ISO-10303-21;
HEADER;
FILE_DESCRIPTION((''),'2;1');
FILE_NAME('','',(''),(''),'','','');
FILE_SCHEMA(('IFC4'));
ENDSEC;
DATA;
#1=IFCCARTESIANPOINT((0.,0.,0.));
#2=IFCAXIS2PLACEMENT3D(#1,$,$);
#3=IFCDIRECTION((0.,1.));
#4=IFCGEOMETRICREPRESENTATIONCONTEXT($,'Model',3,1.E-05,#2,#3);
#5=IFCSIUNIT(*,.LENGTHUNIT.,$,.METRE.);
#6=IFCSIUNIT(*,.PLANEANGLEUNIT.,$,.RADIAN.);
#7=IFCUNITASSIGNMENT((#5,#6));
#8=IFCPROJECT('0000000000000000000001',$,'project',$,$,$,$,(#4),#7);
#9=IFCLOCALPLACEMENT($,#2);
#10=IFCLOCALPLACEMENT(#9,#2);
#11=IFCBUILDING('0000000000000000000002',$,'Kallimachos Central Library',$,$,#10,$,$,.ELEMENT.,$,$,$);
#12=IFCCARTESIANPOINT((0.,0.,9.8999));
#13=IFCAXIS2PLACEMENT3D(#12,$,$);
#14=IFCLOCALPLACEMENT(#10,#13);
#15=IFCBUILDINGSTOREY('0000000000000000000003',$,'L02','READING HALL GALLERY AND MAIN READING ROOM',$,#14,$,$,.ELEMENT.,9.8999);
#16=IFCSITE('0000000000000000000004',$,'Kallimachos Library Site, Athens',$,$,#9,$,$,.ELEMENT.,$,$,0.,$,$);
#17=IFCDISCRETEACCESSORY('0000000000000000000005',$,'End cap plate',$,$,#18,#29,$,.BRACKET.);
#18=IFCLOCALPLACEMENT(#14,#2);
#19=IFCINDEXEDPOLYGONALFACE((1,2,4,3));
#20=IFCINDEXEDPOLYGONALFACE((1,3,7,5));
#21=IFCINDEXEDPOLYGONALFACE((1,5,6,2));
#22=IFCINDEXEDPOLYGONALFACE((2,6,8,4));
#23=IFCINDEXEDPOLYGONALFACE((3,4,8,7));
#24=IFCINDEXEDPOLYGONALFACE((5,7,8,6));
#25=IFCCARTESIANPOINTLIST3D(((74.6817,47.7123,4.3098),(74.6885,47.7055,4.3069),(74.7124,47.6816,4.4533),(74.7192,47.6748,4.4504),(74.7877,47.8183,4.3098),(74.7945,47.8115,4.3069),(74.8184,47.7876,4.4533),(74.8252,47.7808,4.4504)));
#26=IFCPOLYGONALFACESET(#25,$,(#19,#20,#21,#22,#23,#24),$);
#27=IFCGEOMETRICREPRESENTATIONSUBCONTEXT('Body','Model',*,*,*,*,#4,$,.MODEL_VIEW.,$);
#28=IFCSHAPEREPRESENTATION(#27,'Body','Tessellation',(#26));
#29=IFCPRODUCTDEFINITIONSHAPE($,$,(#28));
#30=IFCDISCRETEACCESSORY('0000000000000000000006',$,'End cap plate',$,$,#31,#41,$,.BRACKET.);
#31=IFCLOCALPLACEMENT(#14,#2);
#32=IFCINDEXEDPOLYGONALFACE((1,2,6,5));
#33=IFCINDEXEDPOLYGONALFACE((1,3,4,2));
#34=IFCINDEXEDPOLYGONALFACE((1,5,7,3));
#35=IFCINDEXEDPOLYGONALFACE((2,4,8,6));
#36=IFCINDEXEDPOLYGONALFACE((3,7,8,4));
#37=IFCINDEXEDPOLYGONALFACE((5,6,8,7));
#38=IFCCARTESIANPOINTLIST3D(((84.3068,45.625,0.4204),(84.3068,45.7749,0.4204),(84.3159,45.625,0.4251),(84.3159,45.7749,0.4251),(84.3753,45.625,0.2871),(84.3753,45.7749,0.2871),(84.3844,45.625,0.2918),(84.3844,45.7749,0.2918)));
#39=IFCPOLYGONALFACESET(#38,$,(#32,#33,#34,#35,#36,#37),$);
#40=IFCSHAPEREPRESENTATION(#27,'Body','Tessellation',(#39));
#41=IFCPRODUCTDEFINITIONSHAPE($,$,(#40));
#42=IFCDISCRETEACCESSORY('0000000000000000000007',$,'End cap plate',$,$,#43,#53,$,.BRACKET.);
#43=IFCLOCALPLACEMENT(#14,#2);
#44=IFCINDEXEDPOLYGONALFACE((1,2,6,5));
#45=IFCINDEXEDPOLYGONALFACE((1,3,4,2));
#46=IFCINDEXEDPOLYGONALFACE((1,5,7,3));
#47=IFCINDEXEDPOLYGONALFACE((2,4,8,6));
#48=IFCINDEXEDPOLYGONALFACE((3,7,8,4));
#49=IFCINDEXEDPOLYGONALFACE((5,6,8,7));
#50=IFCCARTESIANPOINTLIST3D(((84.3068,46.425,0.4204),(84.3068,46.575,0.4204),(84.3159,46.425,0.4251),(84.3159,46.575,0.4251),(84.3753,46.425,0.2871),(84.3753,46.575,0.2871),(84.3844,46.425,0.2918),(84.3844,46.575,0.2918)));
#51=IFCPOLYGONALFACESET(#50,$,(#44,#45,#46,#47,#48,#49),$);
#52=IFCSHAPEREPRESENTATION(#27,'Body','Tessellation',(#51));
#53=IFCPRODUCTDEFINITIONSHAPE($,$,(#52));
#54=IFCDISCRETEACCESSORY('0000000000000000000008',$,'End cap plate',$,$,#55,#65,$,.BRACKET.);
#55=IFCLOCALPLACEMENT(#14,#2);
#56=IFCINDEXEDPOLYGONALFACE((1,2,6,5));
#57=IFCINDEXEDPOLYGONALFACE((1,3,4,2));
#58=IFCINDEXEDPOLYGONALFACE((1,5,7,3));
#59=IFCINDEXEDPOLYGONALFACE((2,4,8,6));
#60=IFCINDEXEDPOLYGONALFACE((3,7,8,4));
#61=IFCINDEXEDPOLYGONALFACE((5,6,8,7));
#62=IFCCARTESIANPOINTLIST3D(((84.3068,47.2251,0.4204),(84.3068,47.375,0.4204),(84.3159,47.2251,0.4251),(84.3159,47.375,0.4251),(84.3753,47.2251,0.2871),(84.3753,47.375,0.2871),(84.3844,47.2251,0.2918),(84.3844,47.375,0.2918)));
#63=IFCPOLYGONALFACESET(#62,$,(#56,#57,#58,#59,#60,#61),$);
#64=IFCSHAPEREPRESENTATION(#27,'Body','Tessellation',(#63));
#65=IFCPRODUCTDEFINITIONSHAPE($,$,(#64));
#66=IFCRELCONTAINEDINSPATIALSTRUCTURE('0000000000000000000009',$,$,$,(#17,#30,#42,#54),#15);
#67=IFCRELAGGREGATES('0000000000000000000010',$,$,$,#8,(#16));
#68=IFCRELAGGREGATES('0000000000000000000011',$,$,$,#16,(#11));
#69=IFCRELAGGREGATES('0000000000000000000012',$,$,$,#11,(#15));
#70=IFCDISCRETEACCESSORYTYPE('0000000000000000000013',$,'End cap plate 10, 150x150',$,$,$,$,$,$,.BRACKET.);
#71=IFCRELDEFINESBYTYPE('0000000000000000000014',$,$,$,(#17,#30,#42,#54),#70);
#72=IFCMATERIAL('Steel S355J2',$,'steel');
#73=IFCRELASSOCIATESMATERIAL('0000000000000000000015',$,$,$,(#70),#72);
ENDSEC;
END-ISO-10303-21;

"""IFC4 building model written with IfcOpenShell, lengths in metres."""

from ifc_helpers import new_model, si_unit, direction, frame, origin, origin_2d, place, context, subcontext, project, spatial, rectangle, extrude, material, material_profile, profile_set, type_object, element, save


model = new_model("IFC4")

# Units and contexts
model_context = context("Model", 3, precision=1e-05, world=origin(), true_north=direction((0.0, 1.0)))
body_context = subcontext(model_context, "Body", "Model", "MODEL_VIEW")
ifc_project = project(units=[si_unit("LENGTHUNIT", "METRE"), si_unit("PLANEANGLEUNIT", "RADIAN")], contexts=[model_context])

# Site, building, storey
site_placement = place(None, origin())
site = spatial("IfcSite", under=ifc_project, at=site_placement, Name="Kallimachos Library Site, Athens", CompositionType="ELEMENT", RefElevation=0.0)
building_placement = place(site_placement, origin())
building = spatial("IfcBuilding", under=site, at=building_placement, Name="Kallimachos Central Library", CompositionType="ELEMENT")
storey_placement = place(building_placement, frame((0.0, 0.0, 9.8999)))
storey = spatial("IfcBuildingStorey", under=building, at=storey_placement, Name="L02", Description="READING HALL GALLERY AND MAIN READING ROOM", CompositionType="ELEMENT", Elevation=9.8999)

# Discrete accessories
ifc_material_1 = material(Name="Steel S355J2", Category="steel")
ifc_material_profile_1 = material_profile(ifc_material_1, rectangle(XDim=0.1499, YDim=0.1499, at=origin_2d()), Name="End cap plate 10, 150x150")
ifc_profile_set_1 = profile_set([ifc_material_profile_1], Name="Steel S355J2")
discrete_accessory_type = type_object("IfcDiscreteAccessoryType", Name="End cap plate 10, 150x150", PredefinedType="BRACKET", material=ifc_profile_set_1)
discrete_accessory_placement = place(storey_placement, frame((74.7568, 47.7432, 4.3787), z_axis=(-0.676716, 0.676716, 0.290021), x_axis=(-0.707107, -0.707107, 0.0)))
element("IfcDiscreteAccessory", 1, at=discrete_accessory_placement, inside=storey, type_object=discrete_accessory_type, Name="End cap plate", PredefinedType="BRACKET", context=body_context, shape_type="SweptSolid", body=[
    extrude(rectangle(XDim=0.1499, YDim=0.1499, at=origin_2d()), origin(), (0.0, 0.0, 1.0), 0.01),
])
for number, where, z_axis, x_axis, name in (
    (2, (84.3411, 45.7, 0.3538), (0.889567, 0.0, 0.456805), (0.0, 1.0, 0.0), "End cap plate"),
    (3, (84.3411, 46.5, 0.3538), (0.889567, 0.0, 0.456805), (0.0, 1.0, 0.0), "End cap plate"),
    (4, (84.3411, 47.3, 0.3538), (0.889567, 0.0, 0.456805), (0.0, 1.0, 0.0), "End cap plate"),
):
    element("IfcDiscreteAccessory", number, at=place(storey_placement, frame(where, z_axis=z_axis, x_axis=x_axis)), inside=storey, type_object=discrete_accessory_type, Name=name, PredefinedType="BRACKET", context=body_context, shape_type="SweptSolid", body=[
        extrude(rectangle(XDim=0.1499, YDim=0.1499, at=origin_2d()), origin(), (0.0, 0.0, 1.0), 0.0103),
    ])

save(model, "model.ifc")
